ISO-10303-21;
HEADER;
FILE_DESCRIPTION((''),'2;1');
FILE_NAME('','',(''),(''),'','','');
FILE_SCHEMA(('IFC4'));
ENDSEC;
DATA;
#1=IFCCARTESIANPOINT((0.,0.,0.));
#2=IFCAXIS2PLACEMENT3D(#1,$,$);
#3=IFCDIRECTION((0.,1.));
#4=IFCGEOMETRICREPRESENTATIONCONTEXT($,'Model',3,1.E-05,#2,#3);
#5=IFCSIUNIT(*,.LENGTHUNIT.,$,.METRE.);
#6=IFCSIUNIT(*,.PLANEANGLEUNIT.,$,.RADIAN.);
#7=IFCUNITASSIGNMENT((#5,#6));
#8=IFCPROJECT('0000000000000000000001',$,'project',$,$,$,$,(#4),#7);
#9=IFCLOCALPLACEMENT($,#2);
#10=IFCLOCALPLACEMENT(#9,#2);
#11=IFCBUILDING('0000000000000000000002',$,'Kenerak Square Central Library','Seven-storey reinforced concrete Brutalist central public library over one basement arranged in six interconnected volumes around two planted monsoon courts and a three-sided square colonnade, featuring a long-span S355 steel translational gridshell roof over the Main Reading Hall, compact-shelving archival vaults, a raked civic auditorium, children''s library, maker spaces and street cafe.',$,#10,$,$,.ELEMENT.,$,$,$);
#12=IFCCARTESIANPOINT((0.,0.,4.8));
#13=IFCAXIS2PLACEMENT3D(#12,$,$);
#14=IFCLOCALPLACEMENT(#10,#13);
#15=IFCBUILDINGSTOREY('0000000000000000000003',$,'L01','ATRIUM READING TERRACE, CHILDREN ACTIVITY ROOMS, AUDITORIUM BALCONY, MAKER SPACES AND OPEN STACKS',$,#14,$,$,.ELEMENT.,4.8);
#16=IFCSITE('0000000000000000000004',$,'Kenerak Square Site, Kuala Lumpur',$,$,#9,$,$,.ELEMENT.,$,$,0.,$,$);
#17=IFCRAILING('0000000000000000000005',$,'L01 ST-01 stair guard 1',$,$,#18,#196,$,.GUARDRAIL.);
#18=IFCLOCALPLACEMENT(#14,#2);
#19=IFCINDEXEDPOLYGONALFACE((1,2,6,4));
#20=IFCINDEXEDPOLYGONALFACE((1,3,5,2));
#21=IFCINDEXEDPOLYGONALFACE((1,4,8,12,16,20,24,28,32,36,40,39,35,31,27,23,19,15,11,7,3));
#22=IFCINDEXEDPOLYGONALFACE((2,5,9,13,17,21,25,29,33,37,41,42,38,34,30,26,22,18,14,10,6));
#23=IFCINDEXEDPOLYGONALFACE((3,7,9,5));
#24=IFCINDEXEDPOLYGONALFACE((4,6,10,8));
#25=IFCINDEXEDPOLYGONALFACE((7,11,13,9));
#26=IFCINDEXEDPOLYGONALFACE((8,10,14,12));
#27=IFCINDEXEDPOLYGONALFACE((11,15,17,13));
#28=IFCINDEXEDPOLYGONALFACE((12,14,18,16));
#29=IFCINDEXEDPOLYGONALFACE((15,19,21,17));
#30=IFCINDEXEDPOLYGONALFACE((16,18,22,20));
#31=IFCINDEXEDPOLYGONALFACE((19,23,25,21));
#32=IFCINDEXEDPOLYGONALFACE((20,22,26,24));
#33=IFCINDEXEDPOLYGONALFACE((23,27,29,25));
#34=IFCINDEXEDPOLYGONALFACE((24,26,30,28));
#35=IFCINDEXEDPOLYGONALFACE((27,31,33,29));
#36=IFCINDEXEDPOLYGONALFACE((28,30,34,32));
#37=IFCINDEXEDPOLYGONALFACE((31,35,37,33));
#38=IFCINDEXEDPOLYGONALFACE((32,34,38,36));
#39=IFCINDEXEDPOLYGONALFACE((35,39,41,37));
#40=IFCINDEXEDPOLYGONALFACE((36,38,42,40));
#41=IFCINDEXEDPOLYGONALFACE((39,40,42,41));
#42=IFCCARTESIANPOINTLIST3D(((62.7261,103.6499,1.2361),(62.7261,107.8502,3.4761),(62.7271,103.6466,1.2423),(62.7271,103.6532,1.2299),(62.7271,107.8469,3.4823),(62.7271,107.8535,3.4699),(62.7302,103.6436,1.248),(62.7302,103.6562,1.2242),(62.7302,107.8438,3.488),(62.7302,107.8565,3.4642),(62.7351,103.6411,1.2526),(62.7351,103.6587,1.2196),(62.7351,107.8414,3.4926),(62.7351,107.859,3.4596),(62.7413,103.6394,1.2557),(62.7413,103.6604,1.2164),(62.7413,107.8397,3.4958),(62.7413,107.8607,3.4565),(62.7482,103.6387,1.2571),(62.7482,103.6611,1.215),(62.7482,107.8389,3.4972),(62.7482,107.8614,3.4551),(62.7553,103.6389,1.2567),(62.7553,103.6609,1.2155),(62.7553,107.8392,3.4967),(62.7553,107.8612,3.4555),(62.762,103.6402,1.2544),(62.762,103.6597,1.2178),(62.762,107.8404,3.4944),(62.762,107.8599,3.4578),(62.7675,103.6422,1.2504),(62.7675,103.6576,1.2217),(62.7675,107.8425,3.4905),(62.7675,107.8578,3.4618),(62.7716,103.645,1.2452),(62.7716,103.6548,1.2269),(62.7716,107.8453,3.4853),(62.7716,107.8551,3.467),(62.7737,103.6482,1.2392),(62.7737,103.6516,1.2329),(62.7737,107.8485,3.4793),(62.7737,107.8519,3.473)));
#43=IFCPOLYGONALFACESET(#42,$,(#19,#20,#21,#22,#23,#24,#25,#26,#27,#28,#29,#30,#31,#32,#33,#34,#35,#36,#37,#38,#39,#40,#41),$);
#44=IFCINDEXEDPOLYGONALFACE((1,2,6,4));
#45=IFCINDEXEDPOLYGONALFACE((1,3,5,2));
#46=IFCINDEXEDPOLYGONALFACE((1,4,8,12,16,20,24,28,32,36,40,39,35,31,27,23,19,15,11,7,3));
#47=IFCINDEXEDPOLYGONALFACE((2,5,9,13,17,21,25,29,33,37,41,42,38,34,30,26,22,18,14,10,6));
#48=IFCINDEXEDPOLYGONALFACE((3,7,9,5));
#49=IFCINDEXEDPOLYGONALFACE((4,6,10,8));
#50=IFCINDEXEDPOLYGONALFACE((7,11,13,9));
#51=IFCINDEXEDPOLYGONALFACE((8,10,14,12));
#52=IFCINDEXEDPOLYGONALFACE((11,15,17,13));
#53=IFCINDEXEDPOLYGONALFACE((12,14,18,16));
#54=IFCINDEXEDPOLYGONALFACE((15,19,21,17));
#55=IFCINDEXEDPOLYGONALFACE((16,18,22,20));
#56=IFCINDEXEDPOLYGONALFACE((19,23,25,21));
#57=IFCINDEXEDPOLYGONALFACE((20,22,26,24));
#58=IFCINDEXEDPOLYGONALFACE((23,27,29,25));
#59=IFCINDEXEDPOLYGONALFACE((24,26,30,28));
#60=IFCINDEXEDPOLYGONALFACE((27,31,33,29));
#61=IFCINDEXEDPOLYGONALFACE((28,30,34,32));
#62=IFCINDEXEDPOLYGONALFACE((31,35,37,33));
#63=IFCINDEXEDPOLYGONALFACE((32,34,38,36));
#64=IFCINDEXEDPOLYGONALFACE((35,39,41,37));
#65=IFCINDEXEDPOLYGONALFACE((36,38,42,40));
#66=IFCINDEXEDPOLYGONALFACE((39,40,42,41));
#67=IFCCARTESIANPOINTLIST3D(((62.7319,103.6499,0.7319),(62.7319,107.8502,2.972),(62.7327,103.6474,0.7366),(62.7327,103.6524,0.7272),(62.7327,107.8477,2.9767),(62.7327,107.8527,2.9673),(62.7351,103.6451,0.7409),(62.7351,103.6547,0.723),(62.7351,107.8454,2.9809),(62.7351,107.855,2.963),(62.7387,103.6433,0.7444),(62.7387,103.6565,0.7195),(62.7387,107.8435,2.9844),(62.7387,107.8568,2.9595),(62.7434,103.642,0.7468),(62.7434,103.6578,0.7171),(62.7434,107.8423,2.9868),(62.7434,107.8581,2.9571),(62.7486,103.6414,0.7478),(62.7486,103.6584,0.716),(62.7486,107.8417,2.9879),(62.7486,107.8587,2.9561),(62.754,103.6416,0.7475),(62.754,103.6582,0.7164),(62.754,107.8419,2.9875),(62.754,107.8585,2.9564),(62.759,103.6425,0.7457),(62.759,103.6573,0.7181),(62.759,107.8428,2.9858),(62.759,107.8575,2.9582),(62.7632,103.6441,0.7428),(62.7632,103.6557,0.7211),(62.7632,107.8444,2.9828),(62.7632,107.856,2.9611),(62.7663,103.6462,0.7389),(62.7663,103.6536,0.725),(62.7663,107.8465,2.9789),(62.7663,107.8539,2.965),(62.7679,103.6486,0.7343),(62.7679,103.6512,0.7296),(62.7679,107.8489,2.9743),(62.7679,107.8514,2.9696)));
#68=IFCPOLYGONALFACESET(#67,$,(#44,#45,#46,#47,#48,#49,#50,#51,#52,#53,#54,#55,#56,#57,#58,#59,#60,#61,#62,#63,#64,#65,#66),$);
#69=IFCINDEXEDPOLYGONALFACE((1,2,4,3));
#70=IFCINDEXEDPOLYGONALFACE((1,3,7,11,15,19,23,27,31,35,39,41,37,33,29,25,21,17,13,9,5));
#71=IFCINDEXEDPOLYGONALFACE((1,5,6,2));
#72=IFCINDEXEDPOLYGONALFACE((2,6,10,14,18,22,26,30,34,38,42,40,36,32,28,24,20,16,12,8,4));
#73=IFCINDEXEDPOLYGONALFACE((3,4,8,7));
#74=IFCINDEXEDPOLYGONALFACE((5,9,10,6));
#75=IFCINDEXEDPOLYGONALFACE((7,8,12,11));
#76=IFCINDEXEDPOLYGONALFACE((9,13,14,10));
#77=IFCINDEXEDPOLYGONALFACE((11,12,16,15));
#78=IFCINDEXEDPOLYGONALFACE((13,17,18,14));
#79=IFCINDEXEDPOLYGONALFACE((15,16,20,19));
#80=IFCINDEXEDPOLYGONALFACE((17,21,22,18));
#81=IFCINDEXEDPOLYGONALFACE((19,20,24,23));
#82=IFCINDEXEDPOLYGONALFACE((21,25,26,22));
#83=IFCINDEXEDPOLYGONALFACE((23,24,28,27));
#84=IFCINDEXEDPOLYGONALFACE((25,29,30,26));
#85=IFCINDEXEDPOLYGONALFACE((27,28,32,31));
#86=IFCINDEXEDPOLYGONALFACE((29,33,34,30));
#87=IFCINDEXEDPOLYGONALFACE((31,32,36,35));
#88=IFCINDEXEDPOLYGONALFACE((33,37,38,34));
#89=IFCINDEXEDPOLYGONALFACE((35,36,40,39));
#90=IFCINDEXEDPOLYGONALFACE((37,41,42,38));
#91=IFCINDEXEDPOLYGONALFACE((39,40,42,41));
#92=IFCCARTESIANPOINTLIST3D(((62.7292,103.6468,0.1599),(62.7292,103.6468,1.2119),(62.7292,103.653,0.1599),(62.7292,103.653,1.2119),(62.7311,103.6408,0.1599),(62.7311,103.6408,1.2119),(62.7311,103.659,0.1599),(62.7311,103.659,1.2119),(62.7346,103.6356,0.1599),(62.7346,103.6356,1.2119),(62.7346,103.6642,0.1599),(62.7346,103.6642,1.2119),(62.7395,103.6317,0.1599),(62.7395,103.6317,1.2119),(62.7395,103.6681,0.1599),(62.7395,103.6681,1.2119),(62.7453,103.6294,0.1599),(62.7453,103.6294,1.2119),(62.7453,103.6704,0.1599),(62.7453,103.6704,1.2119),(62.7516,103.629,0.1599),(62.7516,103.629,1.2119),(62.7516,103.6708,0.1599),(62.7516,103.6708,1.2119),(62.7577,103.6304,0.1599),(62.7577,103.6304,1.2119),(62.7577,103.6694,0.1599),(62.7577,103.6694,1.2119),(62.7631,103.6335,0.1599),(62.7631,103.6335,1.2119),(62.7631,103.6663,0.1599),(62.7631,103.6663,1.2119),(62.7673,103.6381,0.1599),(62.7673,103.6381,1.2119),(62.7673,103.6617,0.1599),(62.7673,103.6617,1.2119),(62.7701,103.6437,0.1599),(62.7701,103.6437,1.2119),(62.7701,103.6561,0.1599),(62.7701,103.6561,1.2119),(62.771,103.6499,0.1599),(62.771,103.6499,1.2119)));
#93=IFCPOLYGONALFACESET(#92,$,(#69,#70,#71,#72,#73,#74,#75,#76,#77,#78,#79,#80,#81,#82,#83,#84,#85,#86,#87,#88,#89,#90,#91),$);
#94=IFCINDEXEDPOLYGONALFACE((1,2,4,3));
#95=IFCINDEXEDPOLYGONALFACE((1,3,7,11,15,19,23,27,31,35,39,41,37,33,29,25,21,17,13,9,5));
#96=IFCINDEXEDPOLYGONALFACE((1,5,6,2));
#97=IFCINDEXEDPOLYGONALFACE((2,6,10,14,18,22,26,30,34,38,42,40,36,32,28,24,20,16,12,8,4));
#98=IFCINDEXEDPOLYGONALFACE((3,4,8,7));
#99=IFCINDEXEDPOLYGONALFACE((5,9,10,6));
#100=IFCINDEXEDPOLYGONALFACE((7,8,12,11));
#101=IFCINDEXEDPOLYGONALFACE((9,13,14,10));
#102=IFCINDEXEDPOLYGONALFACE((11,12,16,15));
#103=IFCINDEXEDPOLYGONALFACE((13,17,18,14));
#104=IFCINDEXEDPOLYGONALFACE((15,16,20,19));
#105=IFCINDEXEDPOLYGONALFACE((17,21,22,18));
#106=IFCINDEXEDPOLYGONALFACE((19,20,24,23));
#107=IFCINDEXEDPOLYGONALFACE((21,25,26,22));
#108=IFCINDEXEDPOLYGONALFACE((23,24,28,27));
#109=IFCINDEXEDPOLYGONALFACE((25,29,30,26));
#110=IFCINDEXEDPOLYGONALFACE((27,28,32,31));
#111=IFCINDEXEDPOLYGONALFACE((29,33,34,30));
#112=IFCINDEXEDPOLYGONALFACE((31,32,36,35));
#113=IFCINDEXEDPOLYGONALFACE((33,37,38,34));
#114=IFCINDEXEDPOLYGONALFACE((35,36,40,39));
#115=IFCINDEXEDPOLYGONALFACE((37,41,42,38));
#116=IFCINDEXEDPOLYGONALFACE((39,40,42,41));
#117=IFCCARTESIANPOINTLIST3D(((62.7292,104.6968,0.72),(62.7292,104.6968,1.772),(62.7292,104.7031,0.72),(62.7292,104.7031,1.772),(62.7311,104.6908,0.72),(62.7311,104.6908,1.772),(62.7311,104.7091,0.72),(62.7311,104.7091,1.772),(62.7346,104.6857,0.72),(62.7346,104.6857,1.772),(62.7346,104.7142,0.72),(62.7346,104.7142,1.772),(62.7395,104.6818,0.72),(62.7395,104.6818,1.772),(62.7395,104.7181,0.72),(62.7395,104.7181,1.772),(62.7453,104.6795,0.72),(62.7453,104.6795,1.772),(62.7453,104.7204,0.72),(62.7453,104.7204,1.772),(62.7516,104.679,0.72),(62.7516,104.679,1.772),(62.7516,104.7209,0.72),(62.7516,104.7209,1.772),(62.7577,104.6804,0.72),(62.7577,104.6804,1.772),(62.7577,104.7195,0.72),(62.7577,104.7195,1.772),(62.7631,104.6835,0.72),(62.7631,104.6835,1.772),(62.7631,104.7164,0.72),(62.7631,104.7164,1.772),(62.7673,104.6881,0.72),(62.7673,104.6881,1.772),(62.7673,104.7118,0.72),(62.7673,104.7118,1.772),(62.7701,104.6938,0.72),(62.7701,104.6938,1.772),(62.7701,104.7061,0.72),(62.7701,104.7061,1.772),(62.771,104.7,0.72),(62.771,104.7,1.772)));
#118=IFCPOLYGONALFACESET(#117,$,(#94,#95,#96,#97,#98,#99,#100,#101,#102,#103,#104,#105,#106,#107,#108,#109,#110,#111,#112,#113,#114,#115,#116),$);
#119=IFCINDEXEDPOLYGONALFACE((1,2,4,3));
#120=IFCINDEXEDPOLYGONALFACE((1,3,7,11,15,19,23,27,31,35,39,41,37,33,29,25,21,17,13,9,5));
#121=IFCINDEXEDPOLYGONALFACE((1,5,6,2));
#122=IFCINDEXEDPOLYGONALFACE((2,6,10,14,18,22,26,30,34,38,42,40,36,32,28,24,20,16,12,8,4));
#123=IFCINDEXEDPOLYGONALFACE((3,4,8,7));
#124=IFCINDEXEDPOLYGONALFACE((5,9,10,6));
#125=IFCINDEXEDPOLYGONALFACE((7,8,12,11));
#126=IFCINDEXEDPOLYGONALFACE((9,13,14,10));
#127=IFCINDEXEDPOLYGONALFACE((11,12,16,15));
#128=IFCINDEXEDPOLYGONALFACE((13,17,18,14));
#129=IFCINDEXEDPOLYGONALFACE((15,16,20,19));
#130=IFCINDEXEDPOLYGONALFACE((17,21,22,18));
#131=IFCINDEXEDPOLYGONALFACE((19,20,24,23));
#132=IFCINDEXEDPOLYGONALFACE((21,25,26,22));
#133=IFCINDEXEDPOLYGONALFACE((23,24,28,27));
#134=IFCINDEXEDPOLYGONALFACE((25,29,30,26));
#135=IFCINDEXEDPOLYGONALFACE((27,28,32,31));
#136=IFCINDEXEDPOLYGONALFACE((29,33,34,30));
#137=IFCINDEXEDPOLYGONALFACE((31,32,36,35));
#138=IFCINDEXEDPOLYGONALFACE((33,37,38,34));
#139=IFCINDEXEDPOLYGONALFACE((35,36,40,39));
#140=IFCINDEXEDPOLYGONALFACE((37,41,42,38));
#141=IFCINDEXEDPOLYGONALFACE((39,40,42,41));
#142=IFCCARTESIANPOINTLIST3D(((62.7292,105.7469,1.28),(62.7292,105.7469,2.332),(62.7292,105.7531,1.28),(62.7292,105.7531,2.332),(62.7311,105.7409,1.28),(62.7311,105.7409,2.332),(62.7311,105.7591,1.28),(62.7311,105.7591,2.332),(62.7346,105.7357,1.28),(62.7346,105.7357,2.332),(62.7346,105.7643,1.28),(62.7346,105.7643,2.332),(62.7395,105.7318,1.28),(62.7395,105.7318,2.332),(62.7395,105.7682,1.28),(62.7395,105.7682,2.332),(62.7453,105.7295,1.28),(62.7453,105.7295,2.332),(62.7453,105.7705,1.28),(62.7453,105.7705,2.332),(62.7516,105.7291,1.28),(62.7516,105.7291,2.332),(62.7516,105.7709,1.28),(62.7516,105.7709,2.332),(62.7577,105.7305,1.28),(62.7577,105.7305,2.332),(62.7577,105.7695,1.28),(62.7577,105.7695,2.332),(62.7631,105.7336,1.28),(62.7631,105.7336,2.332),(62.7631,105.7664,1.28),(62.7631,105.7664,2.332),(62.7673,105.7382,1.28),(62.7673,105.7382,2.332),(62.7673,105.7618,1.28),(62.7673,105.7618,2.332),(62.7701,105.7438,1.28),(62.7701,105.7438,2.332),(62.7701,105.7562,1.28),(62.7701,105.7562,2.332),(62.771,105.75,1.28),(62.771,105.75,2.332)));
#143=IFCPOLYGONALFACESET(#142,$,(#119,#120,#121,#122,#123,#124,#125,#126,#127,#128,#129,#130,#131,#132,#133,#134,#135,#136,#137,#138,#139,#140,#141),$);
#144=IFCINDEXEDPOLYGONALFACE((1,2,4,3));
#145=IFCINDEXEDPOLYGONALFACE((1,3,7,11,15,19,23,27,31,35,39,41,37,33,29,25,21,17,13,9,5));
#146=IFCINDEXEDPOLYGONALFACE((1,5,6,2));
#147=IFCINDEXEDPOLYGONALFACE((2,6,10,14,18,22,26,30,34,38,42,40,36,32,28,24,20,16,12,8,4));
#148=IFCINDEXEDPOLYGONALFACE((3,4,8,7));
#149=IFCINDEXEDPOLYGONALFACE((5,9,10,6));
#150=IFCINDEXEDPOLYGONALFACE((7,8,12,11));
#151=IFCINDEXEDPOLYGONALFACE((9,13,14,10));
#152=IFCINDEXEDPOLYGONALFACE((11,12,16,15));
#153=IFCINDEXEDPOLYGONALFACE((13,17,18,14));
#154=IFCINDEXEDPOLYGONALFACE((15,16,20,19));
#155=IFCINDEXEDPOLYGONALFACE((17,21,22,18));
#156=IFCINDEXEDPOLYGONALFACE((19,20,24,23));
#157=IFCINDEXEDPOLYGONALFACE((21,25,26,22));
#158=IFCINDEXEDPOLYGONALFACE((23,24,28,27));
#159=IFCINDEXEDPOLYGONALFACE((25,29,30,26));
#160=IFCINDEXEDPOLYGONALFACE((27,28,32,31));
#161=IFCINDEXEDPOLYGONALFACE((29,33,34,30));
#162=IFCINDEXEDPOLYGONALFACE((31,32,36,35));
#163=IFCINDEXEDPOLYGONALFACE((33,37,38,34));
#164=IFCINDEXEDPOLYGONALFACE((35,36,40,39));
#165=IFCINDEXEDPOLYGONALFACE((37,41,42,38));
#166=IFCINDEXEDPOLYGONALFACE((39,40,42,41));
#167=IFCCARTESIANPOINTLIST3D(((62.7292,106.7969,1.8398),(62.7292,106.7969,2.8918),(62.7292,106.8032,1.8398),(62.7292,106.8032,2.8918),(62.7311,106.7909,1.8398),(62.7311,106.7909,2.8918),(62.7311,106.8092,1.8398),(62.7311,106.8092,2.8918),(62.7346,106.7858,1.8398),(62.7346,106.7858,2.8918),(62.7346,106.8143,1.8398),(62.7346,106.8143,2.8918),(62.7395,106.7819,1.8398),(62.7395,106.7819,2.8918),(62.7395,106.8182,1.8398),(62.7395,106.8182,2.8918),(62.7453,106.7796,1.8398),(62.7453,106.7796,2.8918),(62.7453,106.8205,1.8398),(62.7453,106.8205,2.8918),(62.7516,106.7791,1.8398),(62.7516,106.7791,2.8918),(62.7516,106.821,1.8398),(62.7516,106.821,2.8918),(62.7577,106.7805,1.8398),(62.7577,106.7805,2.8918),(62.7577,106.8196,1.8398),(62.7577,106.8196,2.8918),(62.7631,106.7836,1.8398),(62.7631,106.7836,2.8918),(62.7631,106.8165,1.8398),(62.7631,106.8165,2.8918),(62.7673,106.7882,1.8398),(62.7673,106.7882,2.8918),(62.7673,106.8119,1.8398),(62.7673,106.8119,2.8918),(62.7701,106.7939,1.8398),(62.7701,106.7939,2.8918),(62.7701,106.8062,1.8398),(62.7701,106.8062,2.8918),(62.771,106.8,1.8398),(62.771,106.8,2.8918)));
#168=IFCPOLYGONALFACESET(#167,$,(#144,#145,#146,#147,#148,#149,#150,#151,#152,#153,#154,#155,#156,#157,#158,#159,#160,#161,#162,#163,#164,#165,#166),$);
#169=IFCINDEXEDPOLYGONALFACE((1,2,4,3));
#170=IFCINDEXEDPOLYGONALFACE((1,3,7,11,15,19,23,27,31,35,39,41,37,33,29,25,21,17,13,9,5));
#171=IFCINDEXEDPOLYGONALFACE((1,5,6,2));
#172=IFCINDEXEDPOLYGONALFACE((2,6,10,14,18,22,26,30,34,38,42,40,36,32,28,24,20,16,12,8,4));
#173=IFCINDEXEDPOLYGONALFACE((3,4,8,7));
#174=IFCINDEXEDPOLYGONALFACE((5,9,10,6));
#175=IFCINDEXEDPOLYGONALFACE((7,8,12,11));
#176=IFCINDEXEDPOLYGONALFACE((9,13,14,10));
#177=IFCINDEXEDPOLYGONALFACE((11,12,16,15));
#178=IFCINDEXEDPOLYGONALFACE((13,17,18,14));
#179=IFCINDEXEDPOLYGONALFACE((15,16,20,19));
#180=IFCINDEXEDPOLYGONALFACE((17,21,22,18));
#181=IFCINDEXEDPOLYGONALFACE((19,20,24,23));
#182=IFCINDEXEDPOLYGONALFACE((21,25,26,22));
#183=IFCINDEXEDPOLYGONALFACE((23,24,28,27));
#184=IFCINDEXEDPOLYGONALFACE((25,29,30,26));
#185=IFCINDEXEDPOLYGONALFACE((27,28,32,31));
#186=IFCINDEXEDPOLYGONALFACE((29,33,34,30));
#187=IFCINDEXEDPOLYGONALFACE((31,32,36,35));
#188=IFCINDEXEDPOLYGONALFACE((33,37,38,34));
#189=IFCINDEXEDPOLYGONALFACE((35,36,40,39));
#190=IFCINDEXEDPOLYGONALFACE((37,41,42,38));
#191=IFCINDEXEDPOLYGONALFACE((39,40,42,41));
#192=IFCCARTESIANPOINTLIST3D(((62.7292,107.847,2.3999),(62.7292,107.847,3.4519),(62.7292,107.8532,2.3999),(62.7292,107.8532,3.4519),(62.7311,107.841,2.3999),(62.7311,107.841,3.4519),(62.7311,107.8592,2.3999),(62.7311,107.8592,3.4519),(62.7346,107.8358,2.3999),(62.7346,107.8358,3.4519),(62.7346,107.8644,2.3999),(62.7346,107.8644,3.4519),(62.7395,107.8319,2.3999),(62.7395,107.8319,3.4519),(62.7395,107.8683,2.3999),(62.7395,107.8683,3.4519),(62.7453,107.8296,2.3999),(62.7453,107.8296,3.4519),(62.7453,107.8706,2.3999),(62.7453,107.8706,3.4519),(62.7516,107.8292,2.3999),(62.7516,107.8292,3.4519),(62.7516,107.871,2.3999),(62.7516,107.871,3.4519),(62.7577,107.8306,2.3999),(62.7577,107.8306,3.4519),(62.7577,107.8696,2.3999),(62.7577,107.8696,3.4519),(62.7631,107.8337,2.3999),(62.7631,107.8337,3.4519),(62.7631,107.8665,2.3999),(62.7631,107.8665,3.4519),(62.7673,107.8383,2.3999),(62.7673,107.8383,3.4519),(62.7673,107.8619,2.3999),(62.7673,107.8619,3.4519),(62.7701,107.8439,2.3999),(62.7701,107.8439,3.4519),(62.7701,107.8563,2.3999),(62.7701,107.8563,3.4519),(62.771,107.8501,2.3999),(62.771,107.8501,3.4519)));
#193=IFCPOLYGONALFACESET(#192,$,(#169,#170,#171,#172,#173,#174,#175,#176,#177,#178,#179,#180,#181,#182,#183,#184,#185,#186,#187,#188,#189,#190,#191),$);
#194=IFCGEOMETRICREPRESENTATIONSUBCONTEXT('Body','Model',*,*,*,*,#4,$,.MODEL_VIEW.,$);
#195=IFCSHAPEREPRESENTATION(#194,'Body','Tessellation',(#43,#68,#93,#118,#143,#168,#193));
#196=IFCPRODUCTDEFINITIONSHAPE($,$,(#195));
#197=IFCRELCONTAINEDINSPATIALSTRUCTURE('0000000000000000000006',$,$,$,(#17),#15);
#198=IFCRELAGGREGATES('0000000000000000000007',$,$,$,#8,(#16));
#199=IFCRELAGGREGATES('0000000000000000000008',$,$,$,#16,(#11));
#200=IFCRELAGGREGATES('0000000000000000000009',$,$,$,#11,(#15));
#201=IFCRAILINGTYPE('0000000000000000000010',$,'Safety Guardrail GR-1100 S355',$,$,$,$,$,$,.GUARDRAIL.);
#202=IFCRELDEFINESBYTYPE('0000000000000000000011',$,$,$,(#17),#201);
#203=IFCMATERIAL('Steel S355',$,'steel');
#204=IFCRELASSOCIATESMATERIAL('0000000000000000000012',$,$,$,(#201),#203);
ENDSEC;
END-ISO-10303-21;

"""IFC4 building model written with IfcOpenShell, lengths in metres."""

from ifc_helpers import new_model, si_unit, direction, frame, origin, origin_2d, place, context, subcontext, project, spatial, circle, extrude, material, type_object, element, save


model = new_model("IFC4")

# Units and contexts
model_context = context("Model", 3, precision=1e-05, world=origin(), true_north=direction((0.0, 1.0)))
body_context = subcontext(model_context, "Body", "Model", "MODEL_VIEW")
ifc_project = project(units=[si_unit("LENGTHUNIT", "METRE"), si_unit("PLANEANGLEUNIT", "RADIAN")], contexts=[model_context])

# Site, building, storey
site_placement = place(None, origin())
site = spatial("IfcSite", under=ifc_project, at=site_placement, Name="Kenerak Square Site, Kuala Lumpur", CompositionType="ELEMENT", RefElevation=0.0)
building_placement = place(site_placement, origin())
building = spatial("IfcBuilding", under=site, at=building_placement, Name="Kenerak Square Central Library", Description="Seven-storey reinforced concrete Brutalist central public library over one basement arranged in six interconnected volumes around two planted monsoon courts and a three-sided square colonnade, featuring a long-span S355 steel translational gridshell roof over the Main Reading Hall, compact-shelving archival vaults, a raked civic auditorium, children's library, maker spaces and street cafe.", CompositionType="ELEMENT")
storey_placement = place(building_placement, frame((0.0, 0.0, 4.8)))
storey = spatial("IfcBuildingStorey", under=building, at=storey_placement, Name="L01", Description="ATRIUM READING TERRACE, CHILDREN ACTIVITY ROOMS, AUDITORIUM BALCONY, MAKER SPACES AND OPEN STACKS", CompositionType="ELEMENT", Elevation=4.8)

# Shared definitions
ifc_material_1 = material(Name="Steel S355", Category="steel")

# Railing
railing_type_1 = type_object("IfcRailingType", Name="Safety Guardrail GR-1100 S355", PredefinedType="GUARDRAIL", material=ifc_material_1)
railing_1_placement = place(storey_placement, frame((62.75, 103.6499, 0.1599)))
element("IfcRailing", 1, at=railing_1_placement, inside=storey, type_object=railing_type_1, Name="L01 ST-01 stair guard 1", PredefinedType="GUARDRAIL", context=body_context, shape_type="SweptSolid", body=[
    extrude(circle(Radius=0.0239, at=origin_2d()), frame((0.0, 0.0, 1.0762), z_axis=(0.0, 0.882363, 0.47057), x_axis=(-1.0, 0.0, 0.0)), (0.0, 0.0, 1.0), 4.7603),
    extrude(circle(Radius=0.0181, at=origin_2d()), frame((0.0, 0.0, 0.572), z_axis=(0.0, 0.882363, 0.47057), x_axis=(-1.0, 0.0, 0.0)), (0.0, 0.0, 1.0), 4.7603),
    extrude(circle(Radius=0.021, at=origin_2d()), origin(), (0.0, 0.0, 1.0), 1.052),
    extrude(circle(Radius=0.021, at=origin_2d()), frame((0.0, 1.05, 0.5601)), (0.0, 0.0, 1.0), 1.052),
    extrude(circle(Radius=0.021, at=origin_2d()), frame((0.0, 2.1001, 1.1201)), (0.0, 0.0, 1.0), 1.052),
    extrude(circle(Radius=0.021, at=origin_2d()), frame((0.0, 3.1501, 1.6799)), (0.0, 0.0, 1.0), 1.052),
    extrude(circle(Radius=0.021, at=origin_2d()), frame((0.0, 4.2002, 2.24)), (0.0, 0.0, 1.0), 1.052),
])

save(model, "model.ifc")
